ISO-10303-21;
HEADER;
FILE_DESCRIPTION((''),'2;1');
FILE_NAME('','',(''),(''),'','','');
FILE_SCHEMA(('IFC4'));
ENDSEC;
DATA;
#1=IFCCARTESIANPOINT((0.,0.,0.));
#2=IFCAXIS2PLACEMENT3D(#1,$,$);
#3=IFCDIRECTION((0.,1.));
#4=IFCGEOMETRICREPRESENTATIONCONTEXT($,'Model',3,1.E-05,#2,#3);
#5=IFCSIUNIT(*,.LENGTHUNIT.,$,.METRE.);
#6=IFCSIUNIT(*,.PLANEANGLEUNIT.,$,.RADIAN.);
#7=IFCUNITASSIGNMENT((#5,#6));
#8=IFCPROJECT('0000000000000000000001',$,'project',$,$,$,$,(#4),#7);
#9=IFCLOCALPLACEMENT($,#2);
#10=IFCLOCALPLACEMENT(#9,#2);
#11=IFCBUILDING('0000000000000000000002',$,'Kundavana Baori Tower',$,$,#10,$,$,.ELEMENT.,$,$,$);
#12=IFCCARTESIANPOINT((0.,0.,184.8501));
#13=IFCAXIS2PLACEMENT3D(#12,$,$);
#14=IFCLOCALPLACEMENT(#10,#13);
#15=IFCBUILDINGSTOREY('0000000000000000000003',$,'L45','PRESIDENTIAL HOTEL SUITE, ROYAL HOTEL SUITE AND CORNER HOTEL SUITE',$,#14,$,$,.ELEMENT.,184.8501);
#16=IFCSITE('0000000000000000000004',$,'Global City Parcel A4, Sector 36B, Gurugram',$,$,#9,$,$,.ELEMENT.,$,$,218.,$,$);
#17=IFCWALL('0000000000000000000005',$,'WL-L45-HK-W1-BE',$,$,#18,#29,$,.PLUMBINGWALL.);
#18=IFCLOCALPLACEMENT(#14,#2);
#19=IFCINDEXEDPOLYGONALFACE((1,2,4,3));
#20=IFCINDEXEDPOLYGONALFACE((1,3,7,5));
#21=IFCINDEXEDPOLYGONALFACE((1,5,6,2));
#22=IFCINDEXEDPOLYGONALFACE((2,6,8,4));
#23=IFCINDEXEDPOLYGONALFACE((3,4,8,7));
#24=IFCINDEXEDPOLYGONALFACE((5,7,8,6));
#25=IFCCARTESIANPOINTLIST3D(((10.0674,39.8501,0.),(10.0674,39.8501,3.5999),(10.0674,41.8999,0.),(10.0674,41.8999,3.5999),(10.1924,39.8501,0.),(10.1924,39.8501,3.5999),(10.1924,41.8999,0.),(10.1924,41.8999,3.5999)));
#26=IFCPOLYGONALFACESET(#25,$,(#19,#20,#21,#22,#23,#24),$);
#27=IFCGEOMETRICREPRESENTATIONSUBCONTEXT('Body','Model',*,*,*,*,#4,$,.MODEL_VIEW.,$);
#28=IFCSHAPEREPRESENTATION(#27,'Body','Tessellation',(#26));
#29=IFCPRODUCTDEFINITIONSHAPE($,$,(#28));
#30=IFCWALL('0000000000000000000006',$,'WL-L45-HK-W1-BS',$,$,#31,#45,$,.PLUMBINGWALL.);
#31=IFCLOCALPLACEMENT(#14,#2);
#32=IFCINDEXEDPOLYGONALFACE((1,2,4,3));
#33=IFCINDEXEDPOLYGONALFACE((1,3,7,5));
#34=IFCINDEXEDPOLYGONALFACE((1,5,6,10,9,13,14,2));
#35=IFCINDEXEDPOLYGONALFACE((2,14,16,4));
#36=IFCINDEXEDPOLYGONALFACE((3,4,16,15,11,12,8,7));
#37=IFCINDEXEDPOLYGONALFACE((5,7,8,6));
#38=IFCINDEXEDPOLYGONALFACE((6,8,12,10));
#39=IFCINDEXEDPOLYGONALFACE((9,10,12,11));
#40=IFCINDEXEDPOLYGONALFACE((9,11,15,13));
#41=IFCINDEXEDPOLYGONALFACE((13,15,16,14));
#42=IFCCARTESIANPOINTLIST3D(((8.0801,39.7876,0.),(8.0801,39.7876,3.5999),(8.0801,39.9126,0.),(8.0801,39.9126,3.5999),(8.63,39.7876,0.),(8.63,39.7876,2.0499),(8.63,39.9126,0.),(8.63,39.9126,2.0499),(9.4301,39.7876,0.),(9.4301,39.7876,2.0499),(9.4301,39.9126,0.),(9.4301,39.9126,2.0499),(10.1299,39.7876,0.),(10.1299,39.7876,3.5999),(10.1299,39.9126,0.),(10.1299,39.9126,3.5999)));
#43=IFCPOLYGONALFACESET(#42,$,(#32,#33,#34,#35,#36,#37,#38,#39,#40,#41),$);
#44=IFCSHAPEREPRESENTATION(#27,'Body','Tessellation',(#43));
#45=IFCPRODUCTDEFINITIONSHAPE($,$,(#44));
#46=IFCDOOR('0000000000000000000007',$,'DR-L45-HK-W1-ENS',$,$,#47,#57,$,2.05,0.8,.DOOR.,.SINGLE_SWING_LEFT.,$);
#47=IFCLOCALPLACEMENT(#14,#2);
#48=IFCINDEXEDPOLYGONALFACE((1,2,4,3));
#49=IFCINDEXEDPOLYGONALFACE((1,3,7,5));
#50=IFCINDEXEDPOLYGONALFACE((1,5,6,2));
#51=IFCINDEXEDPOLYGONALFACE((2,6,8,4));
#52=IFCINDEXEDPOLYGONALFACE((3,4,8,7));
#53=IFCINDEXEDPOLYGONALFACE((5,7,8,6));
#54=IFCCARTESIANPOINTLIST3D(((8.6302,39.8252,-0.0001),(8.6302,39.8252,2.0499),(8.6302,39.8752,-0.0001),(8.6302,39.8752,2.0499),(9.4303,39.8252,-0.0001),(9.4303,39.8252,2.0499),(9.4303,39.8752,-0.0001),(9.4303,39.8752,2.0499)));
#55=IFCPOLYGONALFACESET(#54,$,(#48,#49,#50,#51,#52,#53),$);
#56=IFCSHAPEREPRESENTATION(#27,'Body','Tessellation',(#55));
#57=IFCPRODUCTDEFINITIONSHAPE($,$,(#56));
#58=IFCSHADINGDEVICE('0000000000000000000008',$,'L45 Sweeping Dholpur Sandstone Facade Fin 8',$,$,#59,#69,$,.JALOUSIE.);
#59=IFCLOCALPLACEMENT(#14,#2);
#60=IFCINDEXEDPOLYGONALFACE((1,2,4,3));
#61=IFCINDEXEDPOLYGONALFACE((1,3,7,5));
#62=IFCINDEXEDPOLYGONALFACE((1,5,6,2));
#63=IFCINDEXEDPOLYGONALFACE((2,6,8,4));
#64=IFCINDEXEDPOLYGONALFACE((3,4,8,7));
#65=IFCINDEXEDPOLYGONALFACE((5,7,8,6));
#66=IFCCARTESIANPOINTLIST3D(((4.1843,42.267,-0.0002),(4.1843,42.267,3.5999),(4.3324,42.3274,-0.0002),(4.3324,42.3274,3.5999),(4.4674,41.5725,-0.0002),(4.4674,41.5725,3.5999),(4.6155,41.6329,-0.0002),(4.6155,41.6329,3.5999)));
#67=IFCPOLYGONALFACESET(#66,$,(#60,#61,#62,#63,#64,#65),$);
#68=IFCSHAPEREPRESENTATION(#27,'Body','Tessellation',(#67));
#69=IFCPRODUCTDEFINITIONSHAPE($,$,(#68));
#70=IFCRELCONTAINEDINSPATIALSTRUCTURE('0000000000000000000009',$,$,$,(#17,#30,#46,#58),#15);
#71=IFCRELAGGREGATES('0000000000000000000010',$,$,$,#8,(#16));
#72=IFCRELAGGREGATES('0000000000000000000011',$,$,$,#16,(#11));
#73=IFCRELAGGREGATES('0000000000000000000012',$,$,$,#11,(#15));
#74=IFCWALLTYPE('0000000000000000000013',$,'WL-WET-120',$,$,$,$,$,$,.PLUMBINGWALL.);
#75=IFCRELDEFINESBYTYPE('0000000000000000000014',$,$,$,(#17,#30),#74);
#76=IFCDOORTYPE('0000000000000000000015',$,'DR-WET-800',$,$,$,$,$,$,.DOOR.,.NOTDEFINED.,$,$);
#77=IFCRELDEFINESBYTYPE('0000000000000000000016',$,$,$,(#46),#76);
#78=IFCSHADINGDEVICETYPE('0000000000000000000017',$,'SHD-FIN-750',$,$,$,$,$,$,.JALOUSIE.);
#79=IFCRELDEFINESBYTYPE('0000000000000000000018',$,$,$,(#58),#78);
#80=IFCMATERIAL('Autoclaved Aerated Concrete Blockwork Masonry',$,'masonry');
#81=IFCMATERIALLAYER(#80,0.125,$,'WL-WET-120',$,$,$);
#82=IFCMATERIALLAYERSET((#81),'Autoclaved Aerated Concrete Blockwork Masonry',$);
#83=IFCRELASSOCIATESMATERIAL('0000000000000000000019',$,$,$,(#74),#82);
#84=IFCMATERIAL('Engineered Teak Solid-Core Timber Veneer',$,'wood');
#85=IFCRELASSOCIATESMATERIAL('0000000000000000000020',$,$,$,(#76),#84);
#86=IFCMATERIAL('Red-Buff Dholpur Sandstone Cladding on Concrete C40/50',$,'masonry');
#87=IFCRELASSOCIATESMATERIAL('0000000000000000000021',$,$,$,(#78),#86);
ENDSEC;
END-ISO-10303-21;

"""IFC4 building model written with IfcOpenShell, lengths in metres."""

from ifc_helpers import new_model, si_unit, direction, frame, frame_2d, origin, origin_2d, place, context, subcontext, project, spatial, rectangle, extrude, material, layer, layer_set, type_object, element, fill, save


model = new_model("IFC4")

# Units and contexts
model_context = context("Model", 3, precision=1e-05, world=origin(), true_north=direction((0.0, 1.0)))
body_context = subcontext(model_context, "Body", "Model", "MODEL_VIEW")
ifc_project = project(units=[si_unit("LENGTHUNIT", "METRE"), si_unit("PLANEANGLEUNIT", "RADIAN")], contexts=[model_context])

# Site, building, storey
site_placement = place(None, origin())
site = spatial("IfcSite", under=ifc_project, at=site_placement, Name="Global City Parcel A4, Sector 36B, Gurugram", CompositionType="ELEMENT", RefElevation=218.0)
building_placement = place(site_placement, origin())
building = spatial("IfcBuilding", under=site, at=building_placement, Name="Kundavana Baori Tower", CompositionType="ELEMENT")
storey_placement = place(building_placement, frame((0.0, 0.0, 184.8501)))
storey = spatial("IfcBuildingStorey", under=building, at=storey_placement, Name="L45", Description="PRESIDENTIAL HOTEL SUITE, ROYAL HOTEL SUITE AND CORNER HOTEL SUITE", CompositionType="ELEMENT", Elevation=184.8501)

# Wall
ifc_material_1 = material(Name="Autoclaved Aerated Concrete Blockwork Masonry", Category="masonry")
ifc_layer_1 = layer(ifc_material_1, 0.125, Name="WL-WET-120")
ifc_layer_set_1 = layer_set([ifc_layer_1], Name="Autoclaved Aerated Concrete Blockwork Masonry")
wall_type_1 = type_object("IfcWallType", Name="WL-WET-120", PredefinedType="PLUMBINGWALL", material=ifc_layer_set_1)
wall_1_placement = place(storey_placement, frame((10.1299, 39.8501, 0.0), z_axis=(0.0, 0.0, 1.0), x_axis=(0.0, 1.0, 0.0)))
element("IfcWall", 1, at=wall_1_placement, inside=storey, type_object=wall_type_1, Name="WL-L45-HK-W1-BE", PredefinedType="PLUMBINGWALL", context=body_context, shape_type="SweptSolid", body=[
    extrude(rectangle(XDim=2.0498, YDim=0.125, at=frame_2d((1.0249, 0.0))), origin(), (0.0, 0.0, 1.0), 3.5999),
])

# Wall, opening, door
wall_2_placement = place(storey_placement, frame((8.0801, 39.8501, 0.0), z_axis=(0.0, 0.0, 1.0), x_axis=(1.0, 0.0, 0.0)))
wall_2 = element("IfcWall", 2, at=wall_2_placement, inside=storey, type_object=wall_type_1, Name="WL-L45-HK-W1-BS", PredefinedType="PLUMBINGWALL", context=body_context, shape_type="SweptSolid", body=[
    extrude(rectangle(XDim=2.0498, YDim=0.125, at=frame_2d((1.0249, 0.0))), origin(), (0.0, 0.0, 1.0), 3.5999),
])
opening_1_placement = place(wall_2_placement, frame((0.55, 0.0, 0.0)))
opening_1 = element("IfcOpeningElement", 3, at=opening_1_placement, cuts=wall_2, PredefinedType="OPENING", context=body_context, shape_type="SweptSolid", body=[
    extrude(rectangle(XDim=0.8, YDim=2.05, at=frame_2d((0.3999, 1.0249))), frame((0.0, 0.0725, 0.0), z_axis=(0.0, -1.0, 0.0), x_axis=(1.0, 0.0, 0.0)), (0.0, 0.0, 1.0), 0.145),
])
ifc_material_2 = material(Name="Engineered Teak Solid-Core Timber Veneer", Category="wood")
door_type_1 = type_object("IfcDoorType", Name="DR-WET-800", OperationType="NOTDEFINED", PredefinedType="DOOR", material=ifc_material_2)
door_1_placement = place(opening_1_placement, frame((0.8, 0.0, 0.0), z_axis=(0.0, 0.0, 1.0), x_axis=(-1.0, 0.0, 0.0)))
door_1 = element("IfcDoor", 4, at=door_1_placement, inside=storey, type_object=door_type_1, Name="DR-L45-HK-W1-ENS", OperationType="SINGLE_SWING_LEFT", OverallHeight=2.05, OverallWidth=0.8, PredefinedType="DOOR", context=body_context, shape_type="SweptSolid", body=[
    extrude(rectangle(XDim=0.8, YDim=2.05, at=frame_2d((0.3999, 1.0249))), frame((0.0, 0.0249, 0.0), z_axis=(0.0, -1.0, 0.0), x_axis=(1.0, 0.0, 0.0)), (0.0, 0.0, 1.0), 0.05),
])
fill(opening_1, door_1)

# Shading device
ifc_material_3 = material(Name="Red-Buff Dholpur Sandstone Cladding on Concrete C40/50", Category="masonry")
shading_device_type = type_object("IfcShadingDeviceType", Name="SHD-FIN-750", PredefinedType="JALOUSIE", material=ifc_material_3)
shading_device_placement = place(storey_placement, frame((4.3999, 41.95, -0.0002), z_axis=(0.0, 0.0, 1.0), x_axis=(0.926002, 0.377518, 0.0)))
element("IfcShadingDevice", 5, at=shading_device_placement, inside=storey, type_object=shading_device_type, Name="L45 Sweeping Dholpur Sandstone Facade Fin 8", PredefinedType="JALOUSIE", context=body_context, shape_type="SweptSolid", body=[
    extrude(rectangle(XDim=0.1599, YDim=0.75, at=origin_2d()), origin(), (0.0, 0.0, 1.0), 3.6001),
])

save(model, "model.ifc")
